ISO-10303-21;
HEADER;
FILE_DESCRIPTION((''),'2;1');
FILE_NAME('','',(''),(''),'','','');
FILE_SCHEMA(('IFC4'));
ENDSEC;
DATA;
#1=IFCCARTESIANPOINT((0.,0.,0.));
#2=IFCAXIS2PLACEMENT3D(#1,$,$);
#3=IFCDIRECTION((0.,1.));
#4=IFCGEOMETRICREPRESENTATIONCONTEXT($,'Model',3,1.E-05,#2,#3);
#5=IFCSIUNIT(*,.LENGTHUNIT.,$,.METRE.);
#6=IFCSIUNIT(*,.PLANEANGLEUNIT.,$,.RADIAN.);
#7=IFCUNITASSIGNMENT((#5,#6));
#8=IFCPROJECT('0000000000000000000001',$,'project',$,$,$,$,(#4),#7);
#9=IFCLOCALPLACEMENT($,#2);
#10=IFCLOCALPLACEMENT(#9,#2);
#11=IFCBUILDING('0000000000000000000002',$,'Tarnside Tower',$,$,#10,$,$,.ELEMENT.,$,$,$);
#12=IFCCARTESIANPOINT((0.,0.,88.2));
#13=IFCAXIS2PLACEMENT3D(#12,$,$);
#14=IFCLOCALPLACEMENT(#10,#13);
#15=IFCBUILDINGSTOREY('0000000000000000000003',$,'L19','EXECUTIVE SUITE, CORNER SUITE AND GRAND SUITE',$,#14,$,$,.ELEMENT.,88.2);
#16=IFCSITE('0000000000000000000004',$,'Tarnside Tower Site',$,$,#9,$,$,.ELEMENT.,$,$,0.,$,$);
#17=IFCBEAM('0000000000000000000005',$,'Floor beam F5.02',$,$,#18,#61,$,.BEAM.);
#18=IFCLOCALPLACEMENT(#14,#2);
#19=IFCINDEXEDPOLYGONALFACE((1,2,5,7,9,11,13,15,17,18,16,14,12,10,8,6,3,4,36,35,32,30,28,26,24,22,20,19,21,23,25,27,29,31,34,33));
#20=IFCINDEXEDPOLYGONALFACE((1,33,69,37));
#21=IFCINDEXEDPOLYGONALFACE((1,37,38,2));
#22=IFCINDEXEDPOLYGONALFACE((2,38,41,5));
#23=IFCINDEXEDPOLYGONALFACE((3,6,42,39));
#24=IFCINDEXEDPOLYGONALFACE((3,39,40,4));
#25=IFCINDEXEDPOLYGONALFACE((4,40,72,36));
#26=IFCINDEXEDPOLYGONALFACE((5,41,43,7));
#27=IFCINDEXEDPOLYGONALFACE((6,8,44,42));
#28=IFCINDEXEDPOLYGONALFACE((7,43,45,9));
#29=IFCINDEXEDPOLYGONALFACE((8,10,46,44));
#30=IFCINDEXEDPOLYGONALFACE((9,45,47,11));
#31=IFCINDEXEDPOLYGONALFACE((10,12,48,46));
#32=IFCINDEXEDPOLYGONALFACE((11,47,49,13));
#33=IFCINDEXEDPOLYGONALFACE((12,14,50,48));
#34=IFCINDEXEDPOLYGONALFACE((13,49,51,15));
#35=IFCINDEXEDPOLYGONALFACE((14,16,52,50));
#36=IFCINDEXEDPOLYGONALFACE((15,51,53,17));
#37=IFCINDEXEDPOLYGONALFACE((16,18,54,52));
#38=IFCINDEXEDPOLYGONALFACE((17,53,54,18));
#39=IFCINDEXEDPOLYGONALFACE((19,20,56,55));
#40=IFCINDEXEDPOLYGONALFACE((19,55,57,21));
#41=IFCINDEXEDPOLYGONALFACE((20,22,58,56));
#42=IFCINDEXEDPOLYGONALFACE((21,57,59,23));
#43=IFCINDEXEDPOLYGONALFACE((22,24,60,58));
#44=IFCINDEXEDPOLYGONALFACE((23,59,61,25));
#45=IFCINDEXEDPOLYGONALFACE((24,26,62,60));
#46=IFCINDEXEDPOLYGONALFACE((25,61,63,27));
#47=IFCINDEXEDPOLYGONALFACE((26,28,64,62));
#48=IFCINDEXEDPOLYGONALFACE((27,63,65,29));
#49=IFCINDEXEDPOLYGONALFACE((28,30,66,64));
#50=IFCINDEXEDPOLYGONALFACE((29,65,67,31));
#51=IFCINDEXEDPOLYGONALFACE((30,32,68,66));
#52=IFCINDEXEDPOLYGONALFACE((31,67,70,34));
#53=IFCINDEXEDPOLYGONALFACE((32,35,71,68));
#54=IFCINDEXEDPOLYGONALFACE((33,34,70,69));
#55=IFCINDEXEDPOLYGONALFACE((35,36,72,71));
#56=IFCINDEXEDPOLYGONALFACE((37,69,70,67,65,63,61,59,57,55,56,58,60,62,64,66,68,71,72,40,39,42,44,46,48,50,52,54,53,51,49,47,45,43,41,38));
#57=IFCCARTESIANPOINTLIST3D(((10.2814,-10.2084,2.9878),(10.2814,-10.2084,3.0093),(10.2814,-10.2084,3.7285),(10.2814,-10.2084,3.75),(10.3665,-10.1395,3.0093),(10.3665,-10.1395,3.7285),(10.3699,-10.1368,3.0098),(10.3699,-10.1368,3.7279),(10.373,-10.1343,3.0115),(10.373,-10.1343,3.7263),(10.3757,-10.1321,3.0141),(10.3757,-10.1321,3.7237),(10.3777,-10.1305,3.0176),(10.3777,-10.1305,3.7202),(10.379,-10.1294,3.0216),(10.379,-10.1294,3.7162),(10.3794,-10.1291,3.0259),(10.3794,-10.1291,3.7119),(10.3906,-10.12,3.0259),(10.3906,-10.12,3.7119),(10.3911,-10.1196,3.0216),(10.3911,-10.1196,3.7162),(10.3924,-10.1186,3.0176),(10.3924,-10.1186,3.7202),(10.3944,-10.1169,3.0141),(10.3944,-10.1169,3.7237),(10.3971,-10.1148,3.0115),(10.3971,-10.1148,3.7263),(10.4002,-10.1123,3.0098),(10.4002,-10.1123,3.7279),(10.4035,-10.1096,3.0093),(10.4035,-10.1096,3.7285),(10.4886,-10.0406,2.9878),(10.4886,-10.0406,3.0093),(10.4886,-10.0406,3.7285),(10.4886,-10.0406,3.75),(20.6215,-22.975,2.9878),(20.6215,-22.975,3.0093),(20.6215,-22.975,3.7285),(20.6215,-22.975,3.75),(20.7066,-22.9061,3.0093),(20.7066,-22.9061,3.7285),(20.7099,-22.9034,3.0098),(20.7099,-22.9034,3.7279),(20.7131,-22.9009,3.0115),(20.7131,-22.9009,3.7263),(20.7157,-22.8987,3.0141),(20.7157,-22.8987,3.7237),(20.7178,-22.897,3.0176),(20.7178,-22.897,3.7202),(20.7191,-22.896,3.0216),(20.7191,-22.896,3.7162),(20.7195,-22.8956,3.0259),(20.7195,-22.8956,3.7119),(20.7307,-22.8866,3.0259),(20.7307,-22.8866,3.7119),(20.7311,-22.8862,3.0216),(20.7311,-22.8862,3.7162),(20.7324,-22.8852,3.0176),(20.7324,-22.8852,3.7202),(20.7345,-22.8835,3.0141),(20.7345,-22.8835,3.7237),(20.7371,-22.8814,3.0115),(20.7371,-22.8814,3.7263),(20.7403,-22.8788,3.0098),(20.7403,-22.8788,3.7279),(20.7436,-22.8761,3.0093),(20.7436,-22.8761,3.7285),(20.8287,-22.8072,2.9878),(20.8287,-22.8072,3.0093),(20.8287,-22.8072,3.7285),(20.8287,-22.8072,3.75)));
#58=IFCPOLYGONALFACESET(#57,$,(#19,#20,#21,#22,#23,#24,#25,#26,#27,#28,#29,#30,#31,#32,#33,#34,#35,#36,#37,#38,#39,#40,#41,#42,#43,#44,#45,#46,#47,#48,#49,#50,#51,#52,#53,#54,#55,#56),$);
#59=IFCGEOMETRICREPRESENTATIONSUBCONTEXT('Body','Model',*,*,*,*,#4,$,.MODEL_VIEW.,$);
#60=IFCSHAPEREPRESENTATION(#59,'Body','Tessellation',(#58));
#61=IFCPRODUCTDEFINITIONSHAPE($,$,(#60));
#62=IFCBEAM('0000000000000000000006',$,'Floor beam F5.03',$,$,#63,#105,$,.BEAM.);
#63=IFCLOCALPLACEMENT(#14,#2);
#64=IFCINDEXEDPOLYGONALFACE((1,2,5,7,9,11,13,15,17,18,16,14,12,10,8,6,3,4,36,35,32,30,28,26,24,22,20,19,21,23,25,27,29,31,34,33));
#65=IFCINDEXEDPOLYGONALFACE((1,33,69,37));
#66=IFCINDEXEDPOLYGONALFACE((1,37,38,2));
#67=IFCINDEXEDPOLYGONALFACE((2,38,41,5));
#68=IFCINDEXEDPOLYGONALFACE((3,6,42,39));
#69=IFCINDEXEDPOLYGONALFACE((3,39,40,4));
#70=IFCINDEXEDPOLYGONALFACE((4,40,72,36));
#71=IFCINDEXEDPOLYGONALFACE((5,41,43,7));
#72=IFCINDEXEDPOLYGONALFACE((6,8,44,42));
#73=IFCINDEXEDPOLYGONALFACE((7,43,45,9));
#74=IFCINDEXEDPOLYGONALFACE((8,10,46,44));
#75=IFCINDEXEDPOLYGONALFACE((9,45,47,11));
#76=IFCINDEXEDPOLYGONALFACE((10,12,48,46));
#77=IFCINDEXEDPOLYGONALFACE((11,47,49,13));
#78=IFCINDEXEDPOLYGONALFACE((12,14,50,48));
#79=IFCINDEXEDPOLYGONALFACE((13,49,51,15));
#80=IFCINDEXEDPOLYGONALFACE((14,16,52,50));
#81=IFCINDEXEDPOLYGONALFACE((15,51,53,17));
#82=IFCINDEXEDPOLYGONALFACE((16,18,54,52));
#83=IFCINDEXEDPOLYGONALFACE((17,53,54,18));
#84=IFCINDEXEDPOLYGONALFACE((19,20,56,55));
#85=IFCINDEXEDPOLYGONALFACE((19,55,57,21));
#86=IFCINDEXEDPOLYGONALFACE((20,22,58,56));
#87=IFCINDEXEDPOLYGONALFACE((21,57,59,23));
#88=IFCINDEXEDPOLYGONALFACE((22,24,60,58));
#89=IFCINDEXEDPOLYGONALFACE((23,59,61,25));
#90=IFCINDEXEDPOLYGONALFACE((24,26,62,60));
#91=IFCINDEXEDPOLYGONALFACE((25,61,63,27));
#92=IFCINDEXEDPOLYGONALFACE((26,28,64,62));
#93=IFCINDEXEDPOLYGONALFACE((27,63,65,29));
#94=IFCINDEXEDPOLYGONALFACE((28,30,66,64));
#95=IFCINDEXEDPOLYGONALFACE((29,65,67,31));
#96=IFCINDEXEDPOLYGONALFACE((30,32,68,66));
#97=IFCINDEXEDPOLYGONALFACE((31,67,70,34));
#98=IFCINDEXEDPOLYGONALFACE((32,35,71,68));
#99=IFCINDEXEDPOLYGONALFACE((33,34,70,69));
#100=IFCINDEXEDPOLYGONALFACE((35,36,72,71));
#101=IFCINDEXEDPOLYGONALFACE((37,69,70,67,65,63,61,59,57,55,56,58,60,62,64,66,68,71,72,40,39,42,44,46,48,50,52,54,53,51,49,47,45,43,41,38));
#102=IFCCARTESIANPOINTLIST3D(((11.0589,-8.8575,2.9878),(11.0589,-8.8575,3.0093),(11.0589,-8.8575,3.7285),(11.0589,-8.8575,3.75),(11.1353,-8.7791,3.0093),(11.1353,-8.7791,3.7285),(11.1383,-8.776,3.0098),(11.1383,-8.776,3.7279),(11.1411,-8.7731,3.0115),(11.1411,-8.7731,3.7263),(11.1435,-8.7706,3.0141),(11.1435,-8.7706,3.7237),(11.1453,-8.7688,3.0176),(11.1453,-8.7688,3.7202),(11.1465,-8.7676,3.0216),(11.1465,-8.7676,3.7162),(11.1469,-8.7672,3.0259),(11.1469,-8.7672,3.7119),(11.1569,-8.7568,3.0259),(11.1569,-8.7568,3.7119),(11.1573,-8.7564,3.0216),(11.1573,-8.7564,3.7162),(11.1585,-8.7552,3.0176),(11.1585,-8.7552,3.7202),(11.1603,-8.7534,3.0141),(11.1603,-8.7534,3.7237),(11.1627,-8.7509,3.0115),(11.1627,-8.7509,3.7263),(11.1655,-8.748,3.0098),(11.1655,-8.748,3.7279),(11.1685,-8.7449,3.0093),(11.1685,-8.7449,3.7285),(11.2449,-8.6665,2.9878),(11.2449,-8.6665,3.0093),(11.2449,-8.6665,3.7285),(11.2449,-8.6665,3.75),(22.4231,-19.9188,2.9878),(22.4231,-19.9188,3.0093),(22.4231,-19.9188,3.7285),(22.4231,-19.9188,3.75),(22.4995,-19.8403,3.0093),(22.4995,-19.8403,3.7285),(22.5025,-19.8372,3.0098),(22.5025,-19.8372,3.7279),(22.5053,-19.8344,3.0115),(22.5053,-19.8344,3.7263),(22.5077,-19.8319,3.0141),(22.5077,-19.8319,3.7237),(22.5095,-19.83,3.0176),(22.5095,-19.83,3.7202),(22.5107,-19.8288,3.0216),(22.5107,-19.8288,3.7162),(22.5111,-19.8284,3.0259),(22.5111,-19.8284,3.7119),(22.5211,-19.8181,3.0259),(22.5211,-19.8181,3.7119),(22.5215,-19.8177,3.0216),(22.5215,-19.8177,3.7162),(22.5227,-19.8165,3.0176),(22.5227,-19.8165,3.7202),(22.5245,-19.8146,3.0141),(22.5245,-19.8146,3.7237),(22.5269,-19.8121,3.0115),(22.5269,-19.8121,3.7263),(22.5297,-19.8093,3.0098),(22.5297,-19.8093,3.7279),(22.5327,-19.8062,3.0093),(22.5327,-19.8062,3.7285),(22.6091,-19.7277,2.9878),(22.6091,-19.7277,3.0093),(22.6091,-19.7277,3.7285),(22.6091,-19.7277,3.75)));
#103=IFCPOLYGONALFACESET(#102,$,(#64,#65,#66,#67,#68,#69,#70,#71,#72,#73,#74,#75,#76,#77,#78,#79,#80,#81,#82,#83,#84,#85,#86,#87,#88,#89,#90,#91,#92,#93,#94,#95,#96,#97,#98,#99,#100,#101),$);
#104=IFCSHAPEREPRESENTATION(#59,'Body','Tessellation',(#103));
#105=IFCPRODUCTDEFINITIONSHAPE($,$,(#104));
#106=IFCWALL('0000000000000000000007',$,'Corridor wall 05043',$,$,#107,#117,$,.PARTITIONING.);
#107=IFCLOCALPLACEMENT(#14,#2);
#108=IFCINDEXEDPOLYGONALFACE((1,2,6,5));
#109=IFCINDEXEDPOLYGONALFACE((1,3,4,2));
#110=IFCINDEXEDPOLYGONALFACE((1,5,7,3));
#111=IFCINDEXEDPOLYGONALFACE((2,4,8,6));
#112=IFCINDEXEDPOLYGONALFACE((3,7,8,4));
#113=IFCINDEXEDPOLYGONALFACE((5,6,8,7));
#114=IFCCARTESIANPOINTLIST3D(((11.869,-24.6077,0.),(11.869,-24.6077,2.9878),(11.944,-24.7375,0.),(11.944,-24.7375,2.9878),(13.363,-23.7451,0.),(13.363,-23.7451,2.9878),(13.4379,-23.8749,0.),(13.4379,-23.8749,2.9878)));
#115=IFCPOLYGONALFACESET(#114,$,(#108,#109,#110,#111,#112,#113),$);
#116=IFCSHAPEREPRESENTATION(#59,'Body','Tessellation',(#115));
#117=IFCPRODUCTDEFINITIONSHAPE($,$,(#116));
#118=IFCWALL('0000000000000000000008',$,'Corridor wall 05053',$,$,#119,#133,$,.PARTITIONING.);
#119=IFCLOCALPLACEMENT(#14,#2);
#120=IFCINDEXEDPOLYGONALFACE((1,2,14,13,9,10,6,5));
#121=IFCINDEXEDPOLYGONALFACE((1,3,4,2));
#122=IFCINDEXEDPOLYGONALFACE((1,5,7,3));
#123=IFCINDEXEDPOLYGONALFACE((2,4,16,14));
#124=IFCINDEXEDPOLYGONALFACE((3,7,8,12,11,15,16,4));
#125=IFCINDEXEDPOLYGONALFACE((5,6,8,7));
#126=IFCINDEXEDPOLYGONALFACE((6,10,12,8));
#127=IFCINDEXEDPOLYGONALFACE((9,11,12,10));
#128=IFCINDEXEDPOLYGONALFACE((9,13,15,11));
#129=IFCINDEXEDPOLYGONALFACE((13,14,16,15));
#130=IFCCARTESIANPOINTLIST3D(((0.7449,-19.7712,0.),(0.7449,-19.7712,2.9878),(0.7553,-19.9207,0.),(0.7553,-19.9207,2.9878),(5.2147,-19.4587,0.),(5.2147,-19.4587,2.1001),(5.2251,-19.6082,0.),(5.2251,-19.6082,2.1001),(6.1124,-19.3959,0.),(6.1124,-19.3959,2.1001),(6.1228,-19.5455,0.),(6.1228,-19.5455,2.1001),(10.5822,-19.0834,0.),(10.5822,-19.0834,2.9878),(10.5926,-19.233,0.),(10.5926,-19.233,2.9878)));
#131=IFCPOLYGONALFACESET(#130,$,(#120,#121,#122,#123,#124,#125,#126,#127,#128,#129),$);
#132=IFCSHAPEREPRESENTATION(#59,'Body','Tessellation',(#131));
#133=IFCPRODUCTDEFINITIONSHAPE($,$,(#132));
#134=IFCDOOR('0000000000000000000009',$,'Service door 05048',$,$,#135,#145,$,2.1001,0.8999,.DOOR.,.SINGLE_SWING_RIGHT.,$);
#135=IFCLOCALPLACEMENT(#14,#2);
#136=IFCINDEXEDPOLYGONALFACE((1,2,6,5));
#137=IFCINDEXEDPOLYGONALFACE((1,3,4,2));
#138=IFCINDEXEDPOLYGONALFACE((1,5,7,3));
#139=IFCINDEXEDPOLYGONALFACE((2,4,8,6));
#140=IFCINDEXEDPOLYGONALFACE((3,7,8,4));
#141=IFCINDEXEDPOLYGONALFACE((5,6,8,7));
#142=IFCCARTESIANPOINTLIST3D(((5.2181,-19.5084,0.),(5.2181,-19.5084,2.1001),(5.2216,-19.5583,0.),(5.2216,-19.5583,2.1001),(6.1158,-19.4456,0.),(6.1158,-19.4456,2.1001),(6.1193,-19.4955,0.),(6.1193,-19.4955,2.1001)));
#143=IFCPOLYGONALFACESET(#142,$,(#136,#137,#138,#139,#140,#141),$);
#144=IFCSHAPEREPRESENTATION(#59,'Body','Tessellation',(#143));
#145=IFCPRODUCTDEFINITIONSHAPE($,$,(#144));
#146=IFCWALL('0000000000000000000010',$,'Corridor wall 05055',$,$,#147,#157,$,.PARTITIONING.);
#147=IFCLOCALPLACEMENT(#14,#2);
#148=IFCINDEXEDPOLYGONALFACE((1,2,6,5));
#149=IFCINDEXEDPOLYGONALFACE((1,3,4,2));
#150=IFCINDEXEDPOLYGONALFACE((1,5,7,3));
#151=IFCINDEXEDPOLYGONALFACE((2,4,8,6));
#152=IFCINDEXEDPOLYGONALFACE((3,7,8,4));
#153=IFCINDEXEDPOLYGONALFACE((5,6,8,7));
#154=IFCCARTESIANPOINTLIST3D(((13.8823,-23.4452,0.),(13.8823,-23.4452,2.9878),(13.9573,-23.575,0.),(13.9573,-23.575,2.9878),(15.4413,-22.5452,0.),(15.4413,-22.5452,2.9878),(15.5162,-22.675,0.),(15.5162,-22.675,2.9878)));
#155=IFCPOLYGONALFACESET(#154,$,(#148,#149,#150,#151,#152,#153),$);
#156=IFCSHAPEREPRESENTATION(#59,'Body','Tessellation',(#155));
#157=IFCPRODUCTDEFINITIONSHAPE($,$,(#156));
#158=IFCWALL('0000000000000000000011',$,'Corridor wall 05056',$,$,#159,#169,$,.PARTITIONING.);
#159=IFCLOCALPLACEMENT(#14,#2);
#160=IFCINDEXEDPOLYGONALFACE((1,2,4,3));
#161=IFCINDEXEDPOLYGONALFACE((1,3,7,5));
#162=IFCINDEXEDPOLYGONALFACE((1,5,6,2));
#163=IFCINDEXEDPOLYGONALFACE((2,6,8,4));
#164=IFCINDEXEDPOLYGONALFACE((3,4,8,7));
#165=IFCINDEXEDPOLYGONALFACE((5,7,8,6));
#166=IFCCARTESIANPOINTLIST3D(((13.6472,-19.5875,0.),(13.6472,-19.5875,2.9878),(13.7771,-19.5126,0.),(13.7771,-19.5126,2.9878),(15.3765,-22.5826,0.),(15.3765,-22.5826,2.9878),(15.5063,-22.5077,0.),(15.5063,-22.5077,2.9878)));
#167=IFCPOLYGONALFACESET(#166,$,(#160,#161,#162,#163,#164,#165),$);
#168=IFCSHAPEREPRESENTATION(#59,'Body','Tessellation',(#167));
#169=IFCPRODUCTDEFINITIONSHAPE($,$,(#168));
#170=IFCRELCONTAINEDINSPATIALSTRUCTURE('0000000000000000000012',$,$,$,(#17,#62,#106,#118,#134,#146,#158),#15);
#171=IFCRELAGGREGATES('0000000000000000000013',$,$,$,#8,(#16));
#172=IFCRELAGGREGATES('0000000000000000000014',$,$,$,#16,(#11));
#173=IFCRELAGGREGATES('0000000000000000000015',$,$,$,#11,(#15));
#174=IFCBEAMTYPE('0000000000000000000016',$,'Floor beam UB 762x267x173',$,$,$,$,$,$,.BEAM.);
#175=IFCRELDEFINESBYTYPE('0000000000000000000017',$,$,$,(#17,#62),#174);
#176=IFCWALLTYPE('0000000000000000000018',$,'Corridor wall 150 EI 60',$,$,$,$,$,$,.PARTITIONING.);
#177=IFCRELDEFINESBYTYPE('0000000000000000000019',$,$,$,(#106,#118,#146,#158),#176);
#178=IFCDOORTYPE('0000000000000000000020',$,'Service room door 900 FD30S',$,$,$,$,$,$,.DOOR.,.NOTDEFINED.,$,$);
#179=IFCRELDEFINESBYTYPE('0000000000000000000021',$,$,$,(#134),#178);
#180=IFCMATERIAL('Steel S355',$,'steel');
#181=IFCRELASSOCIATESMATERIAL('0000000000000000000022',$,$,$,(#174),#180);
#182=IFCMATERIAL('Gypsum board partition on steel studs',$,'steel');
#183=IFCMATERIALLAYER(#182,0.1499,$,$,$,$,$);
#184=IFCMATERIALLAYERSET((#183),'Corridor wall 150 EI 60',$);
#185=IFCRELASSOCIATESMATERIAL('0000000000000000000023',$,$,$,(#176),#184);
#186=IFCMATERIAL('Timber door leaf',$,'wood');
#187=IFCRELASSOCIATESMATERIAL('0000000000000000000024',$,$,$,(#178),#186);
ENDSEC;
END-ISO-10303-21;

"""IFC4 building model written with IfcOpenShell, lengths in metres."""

from ifc_helpers import new_model, si_unit, direction, frame, frame_2d, origin, origin_2d, place, context, subcontext, project, spatial, rectangle, i_section, extrude, material, layer, layer_set, material_profile, profile_set, type_object, element, fill, save


model = new_model("IFC4")

# Units and contexts
model_context = context("Model", 3, precision=1e-05, world=origin(), true_north=direction((0.0, 1.0)))
body_context = subcontext(model_context, "Body", "Model", "MODEL_VIEW")
ifc_project = project(units=[si_unit("LENGTHUNIT", "METRE"), si_unit("PLANEANGLEUNIT", "RADIAN")], contexts=[model_context])

# Site, building, storey
site_placement = place(None, origin())
site = spatial("IfcSite", under=ifc_project, at=site_placement, Name="Tarnside Tower Site", CompositionType="ELEMENT", RefElevation=0.0)
building_placement = place(site_placement, origin())
building = spatial("IfcBuilding", under=site, at=building_placement, Name="Tarnside Tower", CompositionType="ELEMENT")
storey_placement = place(building_placement, frame((0.0, 0.0, 88.2)))
storey = spatial("IfcBuildingStorey", under=building, at=storey_placement, Name="L19", Description="EXECUTIVE SUITE, CORNER SUITE AND GRAND SUITE", CompositionType="ELEMENT", Elevation=88.2)

# Beams
ifc_material_1 = material(Name="Steel S355", Category="steel")
ifc_material_profile = material_profile(ifc_material_1, i_section(OverallWidth=0.2666, OverallDepth=0.7622, WebThickness=0.0144, FlangeThickness=0.0215, FilletRadius=0.0166, at=origin_2d()), Name="UB 762x267x173")
ifc_profile_set = profile_set([ifc_material_profile], Name="Steel S355")
beam_type = type_object("IfcBeamType", Name="Floor beam UB 762x267x173", PredefinedType="BEAM", material=ifc_profile_set)
beam_1_placement = place(storey_placement, frame((20.7251, -22.8911, 3.3689), z_axis=(-0.62939, 0.777089, 0.0), x_axis=(-0.777089, -0.62939, 0.0)))
element("IfcBeam", 1, at=beam_1_placement, inside=storey, type_object=beam_type, Name="Floor beam F5.02", PredefinedType="BEAM", context=body_context, shape_type="SweptSolid", body=[
    extrude(i_section(OverallWidth=0.2666, OverallDepth=0.7622, WebThickness=0.0144, FlangeThickness=0.0215, FilletRadius=0.0166, at=origin_2d()), origin(), (0.0, 0.0, 1.0), 16.4287),
])
beam_2_placement = place(storey_placement, frame((22.5161, -19.8232, 3.3689), z_axis=(-0.716595, 0.69749, 0.0), x_axis=(-0.69749, -0.716595, 0.0)))
element("IfcBeam", 2, at=beam_2_placement, inside=storey, type_object=beam_type, Name="Floor beam F5.03", PredefinedType="BEAM", context=body_context, shape_type="SweptSolid", body=[
    extrude(i_section(OverallWidth=0.2666, OverallDepth=0.7622, WebThickness=0.0144, FlangeThickness=0.0215, FilletRadius=0.0166, at=origin_2d()), origin(), (0.0, 0.0, 1.0), 15.8586),
])

# Wall
ifc_material_2 = material(Name="Gypsum board partition on steel studs", Category="steel")
ifc_layer_1 = layer(ifc_material_2, 0.1499)
ifc_layer_set_1 = layer_set([ifc_layer_1], Name="Corridor wall 150 EI 60")
wall_type_1 = type_object("IfcWallType", Name="Corridor wall 150 EI 60", PredefinedType="PARTITIONING", material=ifc_layer_set_1)
wall_1_placement = place(storey_placement, frame((11.9065, -24.6726, 0.0), z_axis=(0.0, 0.0, 1.0), x_axis=(0.866014, 0.500021, 0.0)))
element("IfcWall", 3, at=wall_1_placement, inside=storey, type_object=wall_type_1, Name="Corridor wall 05043", PredefinedType="PARTITIONING", context=body_context, shape_type="SweptSolid", body=[
    extrude(rectangle(XDim=1.7251, YDim=0.1499, at=frame_2d((0.8625, 0.0))), origin(), (0.0, 0.0, 1.0), 2.9878),
])

# Wall, opening, door
wall_2_placement = place(storey_placement, frame((10.5874, -19.1582, 0.0), z_axis=(0.0, 0.0, 1.0), x_axis=(-0.997565, -0.069741, 0.0)))
wall_2 = element("IfcWall", 4, at=wall_2_placement, inside=storey, type_object=wall_type_1, Name="Corridor wall 05053", PredefinedType="PARTITIONING", context=body_context, shape_type="SweptSolid", body=[
    extrude(rectangle(XDim=9.8613, YDim=0.1499, at=frame_2d((4.9307, 0.0))), origin(), (0.0, 0.0, 1.0), 2.9878),
])
opening_1_placement = place(wall_2_placement, frame((4.4807, 0.0, 0.0)))
opening_1 = element("IfcOpeningElement", 5, at=opening_1_placement, cuts=wall_2, PredefinedType="OPENING", context=body_context, shape_type="SweptSolid", body=[
    extrude(rectangle(XDim=0.8999, YDim=2.1001, at=frame_2d((0.45, 1.05))), frame((0.0, 0.085, 0.0), z_axis=(0.0, -1.0, 0.0), x_axis=(1.0, 0.0, 0.0)), (0.0, 0.0, 1.0), 0.1699),
])
ifc_material_3 = material(Name="Timber door leaf", Category="wood")
door_type_1 = type_object("IfcDoorType", Name="Service room door 900 FD30S", OperationType="NOTDEFINED", PredefinedType="DOOR", material=ifc_material_3)
door_1_placement = place(opening_1_placement, origin())
door_1 = element("IfcDoor", 6, at=door_1_placement, inside=storey, type_object=door_type_1, Name="Service door 05048", OperationType="SINGLE_SWING_RIGHT", OverallHeight=2.1001, OverallWidth=0.8999, PredefinedType="DOOR", context=body_context, shape_type="SweptSolid", body=[
    extrude(rectangle(XDim=0.8999, YDim=2.1001, at=frame_2d((0.45, 1.05))), frame((0.0, 0.0249, 0.0), z_axis=(0.0, -1.0, 0.0), x_axis=(1.0, 0.0, 0.0)), (0.0, 0.0, 1.0), 0.05),
])
fill(opening_1, door_1)

# Walls
wall_3_placement = place(storey_placement, frame((13.9199, -23.51, 0.0), z_axis=(0.0, 0.0, 1.0), x_axis=(0.866048, 0.499961, 0.0)))
element("IfcWall", 7, at=wall_3_placement, inside=storey, type_object=wall_type_1, Name="Corridor wall 05055", PredefinedType="PARTITIONING", context=body_context, shape_type="SweptSolid", body=[
    extrude(rectangle(XDim=1.8, YDim=0.1499, at=frame_2d((0.8999, 0.0))), origin(), (0.0, 0.0, 1.0), 2.9878),
])
wall_4_placement = place(storey_placement, frame((15.4414, -22.5452, 0.0), z_axis=(0.0, 0.0, 1.0), x_axis=(-0.500004, 0.866023, 0.0)))
element("IfcWall", 8, at=wall_4_placement, inside=storey, type_object=wall_type_1, Name="Corridor wall 05056", PredefinedType="PARTITIONING", context=body_context, shape_type="SweptSolid", body=[
    extrude(rectangle(XDim=3.4585, YDim=0.1499, at=frame_2d((1.7292, 0.0))), origin(), (0.0, 0.0, 1.0), 2.9878),
])

save(model, "model.ifc")
